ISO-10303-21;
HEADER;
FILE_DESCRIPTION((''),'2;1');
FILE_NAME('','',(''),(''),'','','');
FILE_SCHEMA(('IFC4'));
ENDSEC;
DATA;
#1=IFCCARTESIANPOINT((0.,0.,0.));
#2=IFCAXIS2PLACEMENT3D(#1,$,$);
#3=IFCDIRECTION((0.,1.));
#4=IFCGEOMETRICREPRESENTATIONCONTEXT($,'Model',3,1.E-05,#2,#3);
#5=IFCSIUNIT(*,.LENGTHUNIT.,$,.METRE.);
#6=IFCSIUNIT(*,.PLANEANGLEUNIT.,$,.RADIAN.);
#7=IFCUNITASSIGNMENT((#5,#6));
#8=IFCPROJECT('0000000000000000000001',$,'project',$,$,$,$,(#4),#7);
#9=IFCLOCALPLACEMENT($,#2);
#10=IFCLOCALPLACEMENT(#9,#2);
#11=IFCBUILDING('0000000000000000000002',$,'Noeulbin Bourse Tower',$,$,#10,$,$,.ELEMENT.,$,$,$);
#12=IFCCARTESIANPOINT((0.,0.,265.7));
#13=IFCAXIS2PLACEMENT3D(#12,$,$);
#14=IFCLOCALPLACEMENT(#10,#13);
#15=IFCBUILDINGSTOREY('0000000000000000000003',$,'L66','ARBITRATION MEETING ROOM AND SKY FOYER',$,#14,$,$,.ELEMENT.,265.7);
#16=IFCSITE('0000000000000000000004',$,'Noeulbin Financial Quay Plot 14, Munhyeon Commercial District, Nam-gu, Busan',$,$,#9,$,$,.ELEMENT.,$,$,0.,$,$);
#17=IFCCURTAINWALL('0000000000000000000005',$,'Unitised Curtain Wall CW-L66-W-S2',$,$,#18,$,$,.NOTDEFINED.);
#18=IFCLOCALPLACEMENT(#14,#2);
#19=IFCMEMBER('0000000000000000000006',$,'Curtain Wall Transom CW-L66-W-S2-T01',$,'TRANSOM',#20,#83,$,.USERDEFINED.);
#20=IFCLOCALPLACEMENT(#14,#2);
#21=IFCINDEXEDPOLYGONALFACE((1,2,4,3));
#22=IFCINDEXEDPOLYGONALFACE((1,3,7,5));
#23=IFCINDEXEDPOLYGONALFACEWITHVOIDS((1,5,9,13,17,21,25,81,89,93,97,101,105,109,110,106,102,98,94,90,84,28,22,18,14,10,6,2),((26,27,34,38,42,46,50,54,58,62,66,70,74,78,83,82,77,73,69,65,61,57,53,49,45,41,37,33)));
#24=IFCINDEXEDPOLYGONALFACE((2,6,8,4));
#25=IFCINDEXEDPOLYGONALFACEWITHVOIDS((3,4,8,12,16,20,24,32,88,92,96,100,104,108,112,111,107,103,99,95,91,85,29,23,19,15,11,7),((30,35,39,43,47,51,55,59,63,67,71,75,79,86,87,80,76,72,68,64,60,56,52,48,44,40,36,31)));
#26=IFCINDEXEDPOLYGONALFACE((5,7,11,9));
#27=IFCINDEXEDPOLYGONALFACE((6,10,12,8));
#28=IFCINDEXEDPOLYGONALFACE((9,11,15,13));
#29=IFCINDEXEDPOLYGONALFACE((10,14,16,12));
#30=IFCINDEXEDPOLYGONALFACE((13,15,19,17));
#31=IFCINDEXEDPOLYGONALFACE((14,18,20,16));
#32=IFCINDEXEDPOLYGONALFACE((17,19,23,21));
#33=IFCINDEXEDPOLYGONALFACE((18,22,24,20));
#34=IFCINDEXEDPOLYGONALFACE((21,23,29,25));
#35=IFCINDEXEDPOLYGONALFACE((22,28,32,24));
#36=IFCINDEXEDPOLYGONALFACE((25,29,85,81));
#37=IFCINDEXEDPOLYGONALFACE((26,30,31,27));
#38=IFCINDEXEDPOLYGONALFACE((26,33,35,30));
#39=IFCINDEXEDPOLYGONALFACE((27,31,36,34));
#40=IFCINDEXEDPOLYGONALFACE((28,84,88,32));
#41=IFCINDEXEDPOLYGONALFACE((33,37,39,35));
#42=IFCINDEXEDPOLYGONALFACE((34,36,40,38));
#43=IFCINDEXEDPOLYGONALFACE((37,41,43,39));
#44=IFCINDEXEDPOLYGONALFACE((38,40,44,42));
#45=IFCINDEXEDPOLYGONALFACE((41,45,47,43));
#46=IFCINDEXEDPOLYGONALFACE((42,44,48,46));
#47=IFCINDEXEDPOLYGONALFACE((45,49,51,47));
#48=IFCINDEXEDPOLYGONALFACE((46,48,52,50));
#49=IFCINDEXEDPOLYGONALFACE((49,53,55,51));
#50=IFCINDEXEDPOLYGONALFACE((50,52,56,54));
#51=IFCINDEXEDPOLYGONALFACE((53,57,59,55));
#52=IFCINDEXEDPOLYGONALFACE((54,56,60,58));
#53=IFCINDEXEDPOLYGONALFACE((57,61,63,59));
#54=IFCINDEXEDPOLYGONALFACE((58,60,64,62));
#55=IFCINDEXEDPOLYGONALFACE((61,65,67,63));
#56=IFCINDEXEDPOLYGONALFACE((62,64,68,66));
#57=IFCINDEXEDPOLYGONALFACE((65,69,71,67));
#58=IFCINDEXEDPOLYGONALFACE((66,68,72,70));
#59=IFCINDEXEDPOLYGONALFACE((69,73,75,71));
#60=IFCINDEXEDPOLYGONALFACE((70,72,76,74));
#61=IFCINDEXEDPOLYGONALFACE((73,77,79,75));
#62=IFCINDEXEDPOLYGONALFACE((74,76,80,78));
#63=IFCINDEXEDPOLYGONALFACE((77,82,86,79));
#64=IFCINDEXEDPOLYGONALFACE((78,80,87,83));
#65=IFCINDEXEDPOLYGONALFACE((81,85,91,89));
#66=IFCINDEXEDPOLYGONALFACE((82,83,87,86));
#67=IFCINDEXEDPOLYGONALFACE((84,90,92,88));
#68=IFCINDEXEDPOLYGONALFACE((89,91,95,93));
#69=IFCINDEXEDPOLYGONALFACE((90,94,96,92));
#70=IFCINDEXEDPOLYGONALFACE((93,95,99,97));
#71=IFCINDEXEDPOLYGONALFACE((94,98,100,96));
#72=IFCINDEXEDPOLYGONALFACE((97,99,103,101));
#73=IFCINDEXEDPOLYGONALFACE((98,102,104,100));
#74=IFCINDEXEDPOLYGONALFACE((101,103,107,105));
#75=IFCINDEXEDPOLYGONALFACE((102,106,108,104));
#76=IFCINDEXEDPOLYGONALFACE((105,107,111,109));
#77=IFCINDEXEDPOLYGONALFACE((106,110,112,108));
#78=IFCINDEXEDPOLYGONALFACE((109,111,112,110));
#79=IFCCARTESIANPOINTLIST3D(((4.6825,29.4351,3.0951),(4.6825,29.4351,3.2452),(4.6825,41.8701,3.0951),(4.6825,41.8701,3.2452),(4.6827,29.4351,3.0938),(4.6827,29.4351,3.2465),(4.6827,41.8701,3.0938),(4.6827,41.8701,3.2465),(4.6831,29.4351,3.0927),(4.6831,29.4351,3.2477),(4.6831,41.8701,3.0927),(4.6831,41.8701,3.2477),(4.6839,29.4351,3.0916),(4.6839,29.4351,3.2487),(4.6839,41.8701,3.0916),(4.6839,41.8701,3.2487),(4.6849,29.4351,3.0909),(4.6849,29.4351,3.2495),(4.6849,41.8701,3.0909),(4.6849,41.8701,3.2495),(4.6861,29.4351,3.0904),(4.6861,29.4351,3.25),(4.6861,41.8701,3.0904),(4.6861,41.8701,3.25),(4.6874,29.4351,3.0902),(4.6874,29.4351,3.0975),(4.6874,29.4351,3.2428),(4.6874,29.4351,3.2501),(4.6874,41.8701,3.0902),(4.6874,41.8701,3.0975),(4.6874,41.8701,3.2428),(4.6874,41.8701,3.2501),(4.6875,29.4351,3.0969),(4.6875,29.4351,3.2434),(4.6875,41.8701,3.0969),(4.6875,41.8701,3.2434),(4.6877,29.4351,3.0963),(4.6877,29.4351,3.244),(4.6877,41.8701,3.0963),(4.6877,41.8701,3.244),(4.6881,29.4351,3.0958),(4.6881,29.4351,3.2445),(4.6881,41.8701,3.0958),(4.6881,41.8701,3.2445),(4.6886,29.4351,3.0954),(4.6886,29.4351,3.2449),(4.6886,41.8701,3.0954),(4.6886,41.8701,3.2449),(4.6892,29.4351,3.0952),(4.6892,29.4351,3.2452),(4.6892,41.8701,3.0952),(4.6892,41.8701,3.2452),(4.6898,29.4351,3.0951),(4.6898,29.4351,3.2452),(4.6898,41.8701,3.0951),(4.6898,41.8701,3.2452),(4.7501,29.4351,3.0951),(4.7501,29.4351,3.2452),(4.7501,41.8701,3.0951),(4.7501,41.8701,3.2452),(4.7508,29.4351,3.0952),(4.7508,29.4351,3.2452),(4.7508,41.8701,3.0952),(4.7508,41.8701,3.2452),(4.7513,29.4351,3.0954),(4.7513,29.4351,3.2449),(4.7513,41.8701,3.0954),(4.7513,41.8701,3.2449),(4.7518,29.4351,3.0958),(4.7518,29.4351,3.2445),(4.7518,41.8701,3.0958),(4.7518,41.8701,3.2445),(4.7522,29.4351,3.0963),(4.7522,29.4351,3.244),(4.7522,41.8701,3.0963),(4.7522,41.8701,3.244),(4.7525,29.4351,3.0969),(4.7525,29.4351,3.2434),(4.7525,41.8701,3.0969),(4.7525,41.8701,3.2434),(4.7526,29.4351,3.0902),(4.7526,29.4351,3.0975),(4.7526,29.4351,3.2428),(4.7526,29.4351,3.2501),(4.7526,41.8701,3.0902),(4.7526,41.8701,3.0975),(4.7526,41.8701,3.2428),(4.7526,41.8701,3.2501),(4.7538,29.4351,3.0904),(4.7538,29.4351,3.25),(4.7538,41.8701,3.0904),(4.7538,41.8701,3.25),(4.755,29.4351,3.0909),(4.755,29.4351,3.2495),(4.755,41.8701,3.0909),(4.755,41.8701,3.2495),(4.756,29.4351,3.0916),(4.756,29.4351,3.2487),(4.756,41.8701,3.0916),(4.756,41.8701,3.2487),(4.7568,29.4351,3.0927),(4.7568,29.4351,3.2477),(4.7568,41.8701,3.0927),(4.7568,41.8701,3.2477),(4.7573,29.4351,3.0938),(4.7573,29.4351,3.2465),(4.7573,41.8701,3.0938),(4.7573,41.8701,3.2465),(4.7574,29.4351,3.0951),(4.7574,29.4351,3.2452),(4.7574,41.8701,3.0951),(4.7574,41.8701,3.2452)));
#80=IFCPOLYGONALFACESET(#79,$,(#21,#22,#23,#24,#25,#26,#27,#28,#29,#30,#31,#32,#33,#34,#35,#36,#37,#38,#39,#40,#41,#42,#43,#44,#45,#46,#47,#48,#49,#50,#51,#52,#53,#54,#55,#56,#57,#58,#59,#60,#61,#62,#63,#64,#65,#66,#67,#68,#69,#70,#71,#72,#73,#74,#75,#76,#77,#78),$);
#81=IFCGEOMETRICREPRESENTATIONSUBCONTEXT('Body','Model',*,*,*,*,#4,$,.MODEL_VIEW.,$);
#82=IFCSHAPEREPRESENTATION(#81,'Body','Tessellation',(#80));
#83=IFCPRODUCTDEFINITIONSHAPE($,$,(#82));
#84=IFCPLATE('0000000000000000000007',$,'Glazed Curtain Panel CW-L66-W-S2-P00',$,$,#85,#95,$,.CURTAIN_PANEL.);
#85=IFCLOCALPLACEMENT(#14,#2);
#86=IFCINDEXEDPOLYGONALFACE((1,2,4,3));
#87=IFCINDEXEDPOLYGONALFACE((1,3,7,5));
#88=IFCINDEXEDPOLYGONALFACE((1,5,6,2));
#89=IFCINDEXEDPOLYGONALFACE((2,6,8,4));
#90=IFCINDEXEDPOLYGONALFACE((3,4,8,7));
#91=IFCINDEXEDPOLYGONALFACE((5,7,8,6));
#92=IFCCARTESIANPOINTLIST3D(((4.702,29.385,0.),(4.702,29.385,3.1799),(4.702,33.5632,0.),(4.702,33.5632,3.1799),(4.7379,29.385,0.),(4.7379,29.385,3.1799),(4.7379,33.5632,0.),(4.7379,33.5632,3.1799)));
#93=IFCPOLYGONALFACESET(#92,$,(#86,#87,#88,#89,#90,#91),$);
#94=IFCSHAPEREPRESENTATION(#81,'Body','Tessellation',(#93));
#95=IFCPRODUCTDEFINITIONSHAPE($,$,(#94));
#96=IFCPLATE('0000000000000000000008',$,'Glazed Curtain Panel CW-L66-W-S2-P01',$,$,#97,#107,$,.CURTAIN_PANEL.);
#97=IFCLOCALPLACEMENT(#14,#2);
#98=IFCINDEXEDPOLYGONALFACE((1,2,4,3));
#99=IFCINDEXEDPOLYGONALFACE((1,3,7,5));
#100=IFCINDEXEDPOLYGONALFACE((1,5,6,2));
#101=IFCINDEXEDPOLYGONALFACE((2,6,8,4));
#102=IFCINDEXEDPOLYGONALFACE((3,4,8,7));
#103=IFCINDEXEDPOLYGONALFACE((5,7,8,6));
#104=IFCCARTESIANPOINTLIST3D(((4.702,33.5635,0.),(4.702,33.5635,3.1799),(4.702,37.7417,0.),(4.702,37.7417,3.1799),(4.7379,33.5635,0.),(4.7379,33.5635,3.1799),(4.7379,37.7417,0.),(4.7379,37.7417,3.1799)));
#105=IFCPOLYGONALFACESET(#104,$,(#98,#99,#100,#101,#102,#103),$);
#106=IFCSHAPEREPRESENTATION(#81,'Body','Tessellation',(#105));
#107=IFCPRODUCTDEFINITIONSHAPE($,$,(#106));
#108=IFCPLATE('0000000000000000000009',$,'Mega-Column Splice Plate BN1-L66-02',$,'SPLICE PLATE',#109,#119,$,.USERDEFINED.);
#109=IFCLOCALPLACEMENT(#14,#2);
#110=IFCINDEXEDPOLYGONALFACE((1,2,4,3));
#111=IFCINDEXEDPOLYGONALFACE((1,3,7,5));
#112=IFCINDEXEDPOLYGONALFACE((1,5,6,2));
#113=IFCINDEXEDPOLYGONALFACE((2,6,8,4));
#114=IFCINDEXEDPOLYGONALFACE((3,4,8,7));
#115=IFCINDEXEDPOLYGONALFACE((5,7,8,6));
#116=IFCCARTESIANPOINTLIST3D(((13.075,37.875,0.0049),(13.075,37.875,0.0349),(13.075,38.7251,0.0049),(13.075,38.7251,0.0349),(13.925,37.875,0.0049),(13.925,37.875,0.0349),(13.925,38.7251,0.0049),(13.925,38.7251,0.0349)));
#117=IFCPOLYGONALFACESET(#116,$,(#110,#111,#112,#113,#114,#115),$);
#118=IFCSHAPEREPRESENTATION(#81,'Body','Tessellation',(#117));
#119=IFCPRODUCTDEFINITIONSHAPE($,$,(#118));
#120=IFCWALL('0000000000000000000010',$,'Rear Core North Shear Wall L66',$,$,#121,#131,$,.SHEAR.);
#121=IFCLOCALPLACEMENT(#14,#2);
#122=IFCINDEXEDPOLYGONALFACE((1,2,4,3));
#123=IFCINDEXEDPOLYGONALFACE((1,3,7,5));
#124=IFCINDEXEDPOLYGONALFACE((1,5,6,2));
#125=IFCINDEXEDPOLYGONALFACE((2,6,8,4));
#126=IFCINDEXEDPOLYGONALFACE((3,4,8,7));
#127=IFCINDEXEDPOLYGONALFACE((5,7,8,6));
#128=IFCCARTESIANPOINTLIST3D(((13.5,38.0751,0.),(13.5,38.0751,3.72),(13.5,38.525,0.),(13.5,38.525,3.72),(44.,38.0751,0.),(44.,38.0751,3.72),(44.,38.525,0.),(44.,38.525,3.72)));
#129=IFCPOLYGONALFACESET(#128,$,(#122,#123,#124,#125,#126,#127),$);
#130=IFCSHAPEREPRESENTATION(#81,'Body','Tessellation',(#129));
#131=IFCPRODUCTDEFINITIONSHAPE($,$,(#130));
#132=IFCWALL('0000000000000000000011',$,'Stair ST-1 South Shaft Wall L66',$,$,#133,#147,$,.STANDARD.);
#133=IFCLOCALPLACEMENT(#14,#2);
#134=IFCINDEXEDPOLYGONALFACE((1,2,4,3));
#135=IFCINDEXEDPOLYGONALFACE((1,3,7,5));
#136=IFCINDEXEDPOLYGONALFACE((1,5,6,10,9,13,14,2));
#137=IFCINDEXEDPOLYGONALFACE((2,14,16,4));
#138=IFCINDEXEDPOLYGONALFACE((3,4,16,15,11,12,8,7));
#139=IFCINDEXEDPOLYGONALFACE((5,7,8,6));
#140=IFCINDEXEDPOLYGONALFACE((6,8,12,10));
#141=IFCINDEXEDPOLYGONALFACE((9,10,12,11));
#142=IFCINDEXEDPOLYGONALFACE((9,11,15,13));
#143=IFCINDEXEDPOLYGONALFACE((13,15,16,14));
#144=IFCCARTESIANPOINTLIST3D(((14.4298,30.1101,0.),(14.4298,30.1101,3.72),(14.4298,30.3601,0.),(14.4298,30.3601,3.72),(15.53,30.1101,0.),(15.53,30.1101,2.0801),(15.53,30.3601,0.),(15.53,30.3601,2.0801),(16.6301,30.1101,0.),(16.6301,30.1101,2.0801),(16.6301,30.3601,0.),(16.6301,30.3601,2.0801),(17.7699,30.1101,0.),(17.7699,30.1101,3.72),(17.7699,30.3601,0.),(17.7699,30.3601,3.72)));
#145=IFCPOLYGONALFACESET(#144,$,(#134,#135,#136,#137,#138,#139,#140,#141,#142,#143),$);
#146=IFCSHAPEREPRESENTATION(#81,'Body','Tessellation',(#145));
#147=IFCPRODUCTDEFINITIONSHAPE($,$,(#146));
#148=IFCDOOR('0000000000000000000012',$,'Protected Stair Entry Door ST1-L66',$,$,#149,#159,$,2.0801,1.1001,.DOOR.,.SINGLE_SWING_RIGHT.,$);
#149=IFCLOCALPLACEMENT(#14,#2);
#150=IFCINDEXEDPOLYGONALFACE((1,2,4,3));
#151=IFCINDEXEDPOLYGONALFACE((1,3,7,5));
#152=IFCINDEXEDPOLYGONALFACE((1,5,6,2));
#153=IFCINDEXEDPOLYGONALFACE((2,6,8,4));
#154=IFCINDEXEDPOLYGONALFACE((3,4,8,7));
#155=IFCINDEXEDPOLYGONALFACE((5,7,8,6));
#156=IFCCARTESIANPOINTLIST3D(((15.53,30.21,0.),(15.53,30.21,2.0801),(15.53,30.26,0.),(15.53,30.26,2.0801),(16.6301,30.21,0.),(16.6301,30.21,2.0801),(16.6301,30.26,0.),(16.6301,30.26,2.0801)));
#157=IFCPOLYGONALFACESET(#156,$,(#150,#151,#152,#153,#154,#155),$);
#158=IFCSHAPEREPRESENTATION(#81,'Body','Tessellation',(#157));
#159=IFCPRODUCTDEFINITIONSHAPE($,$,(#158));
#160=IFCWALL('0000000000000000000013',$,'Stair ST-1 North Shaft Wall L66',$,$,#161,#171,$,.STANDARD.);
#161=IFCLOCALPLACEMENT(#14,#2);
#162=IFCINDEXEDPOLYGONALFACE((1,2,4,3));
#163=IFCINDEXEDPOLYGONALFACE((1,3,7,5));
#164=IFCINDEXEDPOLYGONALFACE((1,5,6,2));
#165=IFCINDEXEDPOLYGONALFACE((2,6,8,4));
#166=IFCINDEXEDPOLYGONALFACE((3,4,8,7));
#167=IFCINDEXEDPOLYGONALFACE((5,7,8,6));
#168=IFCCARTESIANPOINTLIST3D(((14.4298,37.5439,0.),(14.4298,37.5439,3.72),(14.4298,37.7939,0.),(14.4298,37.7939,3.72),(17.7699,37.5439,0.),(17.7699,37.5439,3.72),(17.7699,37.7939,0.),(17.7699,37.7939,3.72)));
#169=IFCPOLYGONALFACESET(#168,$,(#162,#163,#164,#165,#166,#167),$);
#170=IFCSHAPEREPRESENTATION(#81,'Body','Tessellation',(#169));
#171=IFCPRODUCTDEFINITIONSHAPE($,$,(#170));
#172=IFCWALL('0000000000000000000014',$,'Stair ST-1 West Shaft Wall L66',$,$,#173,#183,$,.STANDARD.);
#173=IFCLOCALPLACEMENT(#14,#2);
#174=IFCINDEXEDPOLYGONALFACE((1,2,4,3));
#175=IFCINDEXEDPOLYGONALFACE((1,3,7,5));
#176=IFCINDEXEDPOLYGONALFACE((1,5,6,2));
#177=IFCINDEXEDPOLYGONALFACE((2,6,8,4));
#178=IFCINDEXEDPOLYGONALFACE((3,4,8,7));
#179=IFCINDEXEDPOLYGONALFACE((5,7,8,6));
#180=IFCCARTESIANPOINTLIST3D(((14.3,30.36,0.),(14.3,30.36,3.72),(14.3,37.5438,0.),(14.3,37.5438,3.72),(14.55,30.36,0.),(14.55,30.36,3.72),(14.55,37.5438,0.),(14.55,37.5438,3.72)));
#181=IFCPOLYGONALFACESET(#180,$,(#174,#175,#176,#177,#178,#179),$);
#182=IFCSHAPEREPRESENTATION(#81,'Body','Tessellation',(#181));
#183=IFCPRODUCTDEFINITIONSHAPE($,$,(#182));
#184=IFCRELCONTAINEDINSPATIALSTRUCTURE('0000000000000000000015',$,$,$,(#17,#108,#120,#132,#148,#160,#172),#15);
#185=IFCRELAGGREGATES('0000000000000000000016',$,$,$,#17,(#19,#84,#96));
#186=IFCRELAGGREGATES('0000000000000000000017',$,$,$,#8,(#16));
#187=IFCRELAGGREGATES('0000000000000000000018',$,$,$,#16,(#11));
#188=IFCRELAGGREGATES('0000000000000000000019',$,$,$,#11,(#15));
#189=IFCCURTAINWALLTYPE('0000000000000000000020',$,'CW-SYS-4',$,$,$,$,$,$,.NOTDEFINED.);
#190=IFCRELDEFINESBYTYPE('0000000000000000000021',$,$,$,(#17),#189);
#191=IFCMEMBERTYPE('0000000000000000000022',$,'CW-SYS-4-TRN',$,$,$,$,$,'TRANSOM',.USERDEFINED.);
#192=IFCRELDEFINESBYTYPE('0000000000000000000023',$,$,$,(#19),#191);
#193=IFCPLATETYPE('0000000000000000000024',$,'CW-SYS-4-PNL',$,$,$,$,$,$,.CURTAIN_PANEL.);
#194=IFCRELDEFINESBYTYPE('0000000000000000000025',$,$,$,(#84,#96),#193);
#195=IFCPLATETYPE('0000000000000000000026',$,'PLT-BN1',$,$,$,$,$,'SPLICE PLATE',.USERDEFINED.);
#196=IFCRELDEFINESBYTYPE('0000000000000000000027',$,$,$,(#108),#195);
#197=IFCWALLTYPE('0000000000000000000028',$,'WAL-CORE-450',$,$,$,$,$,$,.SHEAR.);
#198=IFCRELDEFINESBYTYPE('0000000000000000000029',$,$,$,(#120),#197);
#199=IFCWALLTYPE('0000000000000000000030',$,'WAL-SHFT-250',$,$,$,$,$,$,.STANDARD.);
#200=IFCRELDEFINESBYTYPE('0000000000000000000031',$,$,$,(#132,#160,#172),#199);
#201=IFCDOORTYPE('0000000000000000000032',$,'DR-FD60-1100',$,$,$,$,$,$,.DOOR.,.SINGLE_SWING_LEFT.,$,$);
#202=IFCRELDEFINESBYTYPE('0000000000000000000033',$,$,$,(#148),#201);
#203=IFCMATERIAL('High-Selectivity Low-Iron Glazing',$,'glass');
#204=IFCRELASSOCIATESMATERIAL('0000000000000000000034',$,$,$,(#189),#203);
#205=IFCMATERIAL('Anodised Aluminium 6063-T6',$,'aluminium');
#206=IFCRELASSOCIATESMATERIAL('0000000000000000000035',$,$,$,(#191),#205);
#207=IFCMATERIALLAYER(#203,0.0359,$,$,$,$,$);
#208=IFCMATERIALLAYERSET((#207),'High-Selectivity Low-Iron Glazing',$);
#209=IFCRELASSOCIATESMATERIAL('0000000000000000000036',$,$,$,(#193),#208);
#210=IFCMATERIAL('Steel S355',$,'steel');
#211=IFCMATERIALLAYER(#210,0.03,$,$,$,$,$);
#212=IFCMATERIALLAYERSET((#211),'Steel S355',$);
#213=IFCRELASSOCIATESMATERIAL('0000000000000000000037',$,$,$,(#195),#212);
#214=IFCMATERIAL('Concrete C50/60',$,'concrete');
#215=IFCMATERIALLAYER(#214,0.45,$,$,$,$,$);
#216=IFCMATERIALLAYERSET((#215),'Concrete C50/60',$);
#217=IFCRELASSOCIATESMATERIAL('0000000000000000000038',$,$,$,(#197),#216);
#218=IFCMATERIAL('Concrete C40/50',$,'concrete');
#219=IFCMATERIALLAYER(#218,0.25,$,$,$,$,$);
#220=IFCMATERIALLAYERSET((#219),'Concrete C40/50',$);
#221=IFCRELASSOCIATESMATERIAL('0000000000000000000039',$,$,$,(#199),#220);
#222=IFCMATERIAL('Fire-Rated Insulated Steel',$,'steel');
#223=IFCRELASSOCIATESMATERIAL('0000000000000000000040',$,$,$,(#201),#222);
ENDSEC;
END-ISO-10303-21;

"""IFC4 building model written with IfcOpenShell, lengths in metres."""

from ifc_helpers import new_model, si_unit, direction, frame, frame_2d, origin, origin_2d, place, context, subcontext, project, spatial, rectangle, hollow_rectangle, extrude, material, layer, layer_set, material_profile, profile_set, type_object, element, fill, aggregate, save


model = new_model("IFC4")

# Units and contexts
model_context = context("Model", 3, precision=1e-05, world=origin(), true_north=direction((0.0, 1.0)))
body_context = subcontext(model_context, "Body", "Model", "MODEL_VIEW")
ifc_project = project(units=[si_unit("LENGTHUNIT", "METRE"), si_unit("PLANEANGLEUNIT", "RADIAN")], contexts=[model_context])

# Site, building, storey
site_placement = place(None, origin())
site = spatial("IfcSite", under=ifc_project, at=site_placement, Name="Noeulbin Financial Quay Plot 14, Munhyeon Commercial District, Nam-gu, Busan", CompositionType="ELEMENT", RefElevation=0.0)
building_placement = place(site_placement, origin())
building = spatial("IfcBuilding", under=site, at=building_placement, Name="Noeulbin Bourse Tower", CompositionType="ELEMENT")
storey_placement = place(building_placement, frame((0.0, 0.0, 265.7)))
storey = spatial("IfcBuildingStorey", under=building, at=storey_placement, Name="L66", Description="ARBITRATION MEETING ROOM AND SKY FOYER", CompositionType="ELEMENT", Elevation=265.7)

# Shared definitions
ifc_material_1 = material(Name="Steel S355", Category="steel")

# Curtain wall, member, plates
ifc_material_2 = material(Name="High-Selectivity Low-Iron Glazing", Category="glass")
curtain_wall_type = type_object("IfcCurtainWallType", Name="CW-SYS-4", PredefinedType="NOTDEFINED", material=ifc_material_2)
curtain_wall_placement = place(storey_placement, origin())
curtain_wall = element("IfcCurtainWall", 1, at=curtain_wall_placement, inside=storey, type_object=curtain_wall_type, Name="Unitised Curtain Wall CW-L66-W-S2", PredefinedType="NOTDEFINED")
ifc_material_3 = material(Name="Anodised Aluminium 6063-T6", Category="aluminium")
ifc_material_profile_1 = material_profile(ifc_material_3, hollow_rectangle(XDim=0.075, YDim=0.1599, WallThickness=0.0049, InnerFilletRadius=0.0024, OuterFilletRadius=0.0049, at=origin_2d()), Name="ALU-TRAN-75x160x5", Category="LoadBearing")
ifc_profile_set_1 = profile_set([ifc_material_profile_1], Name="Anodised Aluminium 6063-T6")
member_type_1 = type_object("IfcMemberType", Name="CW-SYS-4-TRN", ElementType="TRANSOM", PredefinedType="USERDEFINED", material=ifc_profile_set_1)
member_1_placement = place(storey_placement, frame((4.72, 29.4351, 3.1702), z_axis=(0.0, 1.0, 0.0), x_axis=(-1.0, 0.0, 0.0)))
member_1 = element("IfcMember", 2, at=member_1_placement, type_object=member_type_1, Name="Curtain Wall Transom CW-L66-W-S2-T01", ObjectType="TRANSOM", PredefinedType="USERDEFINED", context=body_context, shape_type="SweptSolid", body=[
    extrude(hollow_rectangle(XDim=0.075, YDim=0.1599, WallThickness=0.0049, InnerFilletRadius=0.0024, OuterFilletRadius=0.0049, at=origin_2d()), origin(), (0.0, 0.0, 1.0), 12.4351),
])
ifc_layer_1 = layer(ifc_material_2, 0.0359)
ifc_layer_set_1 = layer_set([ifc_layer_1], Name="High-Selectivity Low-Iron Glazing")
plate_type_1 = type_object("IfcPlateType", Name="CW-SYS-4-PNL", PredefinedType="CURTAIN_PANEL", material=ifc_layer_set_1)
plate_1_placement = place(storey_placement, frame((4.72, 31.4741, 0.0), z_axis=(0.0, 0.0, 1.0), x_axis=(0.0, 1.0, 0.0)))
plate_1 = element("IfcPlate", 3, at=plate_1_placement, type_object=plate_type_1, Name="Glazed Curtain Panel CW-L66-W-S2-P00", PredefinedType="CURTAIN_PANEL", context=body_context, shape_type="SweptSolid", body=[
    extrude(rectangle(XDim=4.1782, YDim=0.0359, at=origin_2d()), origin(), (0.0, 0.0, 1.0), 3.1799),
])
plate_2_placement = place(storey_placement, frame((4.72, 35.6526, 0.0), z_axis=(0.0, 0.0, 1.0), x_axis=(0.0, 1.0, 0.0)))
plate_2 = element("IfcPlate", 4, at=plate_2_placement, type_object=plate_type_1, Name="Glazed Curtain Panel CW-L66-W-S2-P01", PredefinedType="CURTAIN_PANEL", context=body_context, shape_type="SweptSolid", body=[
    extrude(rectangle(XDim=4.1782, YDim=0.0359, at=origin_2d()), origin(), (0.0, 0.0, 1.0), 3.1799),
])
aggregate(curtain_wall, [member_1, plate_1, plate_2])

# Plate
ifc_layer_2 = layer(ifc_material_1, 0.03)
ifc_layer_set_2 = layer_set([ifc_layer_2], Name="Steel S355")
plate_type_2 = type_object("IfcPlateType", Name="PLT-BN1", ElementType="SPLICE PLATE", PredefinedType="USERDEFINED", material=ifc_layer_set_2)
plate_3_placement = place(storey_placement, frame((13.5, 38.3, 0.0049), z_axis=(0.0, 0.0, 1.0), x_axis=(1.0, 0.0, 0.0)))
element("IfcPlate", 5, at=plate_3_placement, inside=storey, type_object=plate_type_2, Name="Mega-Column Splice Plate BN1-L66-02", ObjectType="SPLICE PLATE", PredefinedType="USERDEFINED", context=body_context, shape_type="SweptSolid", body=[
    extrude(rectangle(XDim=0.8501, YDim=0.8501, at=origin_2d()), origin(), (0.0, 0.0, 1.0), 0.03),
])

# Wall
ifc_material_4 = material(Name="Concrete C50/60", Category="concrete")
ifc_layer_3 = layer(ifc_material_4, 0.45)
ifc_layer_set_3 = layer_set([ifc_layer_3], Name="Concrete C50/60")
wall_type_1 = type_object("IfcWallType", Name="WAL-CORE-450", PredefinedType="SHEAR", material=ifc_layer_set_3)
wall_1_placement = place(storey_placement, frame((13.5, 38.3, 0.0), z_axis=(0.0, 0.0, 1.0), x_axis=(1.0, 0.0, 0.0)))
element("IfcWall", 6, at=wall_1_placement, inside=storey, type_object=wall_type_1, Name="Rear Core North Shear Wall L66", PredefinedType="SHEAR", context=body_context, shape_type="SweptSolid", body=[
    extrude(rectangle(XDim=30.5, YDim=0.45, at=frame_2d((15.25, 0.0))), origin(), (0.0, 0.0, 1.0), 3.72),
])

# Wall, opening, door
ifc_material_5 = material(Name="Concrete C40/50", Category="concrete")
ifc_layer_4 = layer(ifc_material_5, 0.25)
ifc_layer_set_4 = layer_set([ifc_layer_4], Name="Concrete C40/50")
wall_type_2 = type_object("IfcWallType", Name="WAL-SHFT-250", PredefinedType="STANDARD", material=ifc_layer_set_4)
wall_2_placement = place(storey_placement, frame((14.4299, 30.2351, 0.0), z_axis=(0.0, 0.0, 1.0), x_axis=(1.0, 0.0, 0.0)))
wall_2 = element("IfcWall", 7, at=wall_2_placement, inside=storey, type_object=wall_type_2, Name="Stair ST-1 South Shaft Wall L66", PredefinedType="STANDARD", context=body_context, shape_type="SweptSolid", body=[
    extrude(rectangle(XDim=3.3401, YDim=0.25, at=frame_2d((1.6699, 0.0))), origin(), (0.0, 0.0, 1.0), 3.72),
])
opening_placement = place(wall_2_placement, frame((1.1001, 0.0, 0.0)))
opening = element("IfcOpeningElement", 8, at=opening_placement, cuts=wall_2, PredefinedType="OPENING", context=body_context, shape_type="SweptSolid", body=[
    extrude(rectangle(XDim=1.1001, YDim=2.0801, at=frame_2d((0.55, 1.04))), frame((0.0, 0.135, 0.0), z_axis=(0.0, -1.0, 0.0), x_axis=(1.0, 0.0, 0.0)), (0.0, 0.0, 1.0), 0.27),
])
ifc_material_6 = material(Name="Fire-Rated Insulated Steel", Category="steel")
door_type = type_object("IfcDoorType", Name="DR-FD60-1100", OperationType="SINGLE_SWING_LEFT", PredefinedType="DOOR", material=ifc_material_6)
door_placement = place(opening_placement, origin())
door = element("IfcDoor", 9, at=door_placement, inside=storey, type_object=door_type, Name="Protected Stair Entry Door ST1-L66", OperationType="SINGLE_SWING_RIGHT", OverallHeight=2.0801, OverallWidth=1.1001, PredefinedType="DOOR", context=body_context, shape_type="SweptSolid", body=[
    extrude(rectangle(XDim=1.1001, YDim=2.0801, at=frame_2d((0.55, 1.04))), frame((0.0, 0.0249, 0.0), z_axis=(0.0, -1.0, 0.0), x_axis=(1.0, 0.0, 0.0)), (0.0, 0.0, 1.0), 0.05),
])
fill(opening, door)

# Walls
wall_3_placement = place(storey_placement, frame((14.4299, 37.6689, 0.0), z_axis=(0.0, 0.0, 1.0), x_axis=(1.0, 0.0, 0.0)))
element("IfcWall", 10, at=wall_3_placement, inside=storey, type_object=wall_type_2, Name="Stair ST-1 North Shaft Wall L66", PredefinedType="STANDARD", context=body_context, shape_type="SweptSolid", body=[
    extrude(rectangle(XDim=3.3401, YDim=0.25, at=frame_2d((1.6699, 0.0))), origin(), (0.0, 0.0, 1.0), 3.72),
])
wall_4_placement = place(storey_placement, frame((14.425, 30.3601, 0.0), z_axis=(0.0, 0.0, 1.0), x_axis=(0.0, 1.0, 0.0)))
element("IfcWall", 11, at=wall_4_placement, inside=storey, type_object=wall_type_2, Name="Stair ST-1 West Shaft Wall L66", PredefinedType="STANDARD", context=body_context, shape_type="SweptSolid", body=[
    extrude(rectangle(XDim=7.1838, YDim=0.25, at=frame_2d((3.5918, 0.0))), origin(), (0.0, 0.0, 1.0), 3.72),
])

save(model, "model.ifc")
